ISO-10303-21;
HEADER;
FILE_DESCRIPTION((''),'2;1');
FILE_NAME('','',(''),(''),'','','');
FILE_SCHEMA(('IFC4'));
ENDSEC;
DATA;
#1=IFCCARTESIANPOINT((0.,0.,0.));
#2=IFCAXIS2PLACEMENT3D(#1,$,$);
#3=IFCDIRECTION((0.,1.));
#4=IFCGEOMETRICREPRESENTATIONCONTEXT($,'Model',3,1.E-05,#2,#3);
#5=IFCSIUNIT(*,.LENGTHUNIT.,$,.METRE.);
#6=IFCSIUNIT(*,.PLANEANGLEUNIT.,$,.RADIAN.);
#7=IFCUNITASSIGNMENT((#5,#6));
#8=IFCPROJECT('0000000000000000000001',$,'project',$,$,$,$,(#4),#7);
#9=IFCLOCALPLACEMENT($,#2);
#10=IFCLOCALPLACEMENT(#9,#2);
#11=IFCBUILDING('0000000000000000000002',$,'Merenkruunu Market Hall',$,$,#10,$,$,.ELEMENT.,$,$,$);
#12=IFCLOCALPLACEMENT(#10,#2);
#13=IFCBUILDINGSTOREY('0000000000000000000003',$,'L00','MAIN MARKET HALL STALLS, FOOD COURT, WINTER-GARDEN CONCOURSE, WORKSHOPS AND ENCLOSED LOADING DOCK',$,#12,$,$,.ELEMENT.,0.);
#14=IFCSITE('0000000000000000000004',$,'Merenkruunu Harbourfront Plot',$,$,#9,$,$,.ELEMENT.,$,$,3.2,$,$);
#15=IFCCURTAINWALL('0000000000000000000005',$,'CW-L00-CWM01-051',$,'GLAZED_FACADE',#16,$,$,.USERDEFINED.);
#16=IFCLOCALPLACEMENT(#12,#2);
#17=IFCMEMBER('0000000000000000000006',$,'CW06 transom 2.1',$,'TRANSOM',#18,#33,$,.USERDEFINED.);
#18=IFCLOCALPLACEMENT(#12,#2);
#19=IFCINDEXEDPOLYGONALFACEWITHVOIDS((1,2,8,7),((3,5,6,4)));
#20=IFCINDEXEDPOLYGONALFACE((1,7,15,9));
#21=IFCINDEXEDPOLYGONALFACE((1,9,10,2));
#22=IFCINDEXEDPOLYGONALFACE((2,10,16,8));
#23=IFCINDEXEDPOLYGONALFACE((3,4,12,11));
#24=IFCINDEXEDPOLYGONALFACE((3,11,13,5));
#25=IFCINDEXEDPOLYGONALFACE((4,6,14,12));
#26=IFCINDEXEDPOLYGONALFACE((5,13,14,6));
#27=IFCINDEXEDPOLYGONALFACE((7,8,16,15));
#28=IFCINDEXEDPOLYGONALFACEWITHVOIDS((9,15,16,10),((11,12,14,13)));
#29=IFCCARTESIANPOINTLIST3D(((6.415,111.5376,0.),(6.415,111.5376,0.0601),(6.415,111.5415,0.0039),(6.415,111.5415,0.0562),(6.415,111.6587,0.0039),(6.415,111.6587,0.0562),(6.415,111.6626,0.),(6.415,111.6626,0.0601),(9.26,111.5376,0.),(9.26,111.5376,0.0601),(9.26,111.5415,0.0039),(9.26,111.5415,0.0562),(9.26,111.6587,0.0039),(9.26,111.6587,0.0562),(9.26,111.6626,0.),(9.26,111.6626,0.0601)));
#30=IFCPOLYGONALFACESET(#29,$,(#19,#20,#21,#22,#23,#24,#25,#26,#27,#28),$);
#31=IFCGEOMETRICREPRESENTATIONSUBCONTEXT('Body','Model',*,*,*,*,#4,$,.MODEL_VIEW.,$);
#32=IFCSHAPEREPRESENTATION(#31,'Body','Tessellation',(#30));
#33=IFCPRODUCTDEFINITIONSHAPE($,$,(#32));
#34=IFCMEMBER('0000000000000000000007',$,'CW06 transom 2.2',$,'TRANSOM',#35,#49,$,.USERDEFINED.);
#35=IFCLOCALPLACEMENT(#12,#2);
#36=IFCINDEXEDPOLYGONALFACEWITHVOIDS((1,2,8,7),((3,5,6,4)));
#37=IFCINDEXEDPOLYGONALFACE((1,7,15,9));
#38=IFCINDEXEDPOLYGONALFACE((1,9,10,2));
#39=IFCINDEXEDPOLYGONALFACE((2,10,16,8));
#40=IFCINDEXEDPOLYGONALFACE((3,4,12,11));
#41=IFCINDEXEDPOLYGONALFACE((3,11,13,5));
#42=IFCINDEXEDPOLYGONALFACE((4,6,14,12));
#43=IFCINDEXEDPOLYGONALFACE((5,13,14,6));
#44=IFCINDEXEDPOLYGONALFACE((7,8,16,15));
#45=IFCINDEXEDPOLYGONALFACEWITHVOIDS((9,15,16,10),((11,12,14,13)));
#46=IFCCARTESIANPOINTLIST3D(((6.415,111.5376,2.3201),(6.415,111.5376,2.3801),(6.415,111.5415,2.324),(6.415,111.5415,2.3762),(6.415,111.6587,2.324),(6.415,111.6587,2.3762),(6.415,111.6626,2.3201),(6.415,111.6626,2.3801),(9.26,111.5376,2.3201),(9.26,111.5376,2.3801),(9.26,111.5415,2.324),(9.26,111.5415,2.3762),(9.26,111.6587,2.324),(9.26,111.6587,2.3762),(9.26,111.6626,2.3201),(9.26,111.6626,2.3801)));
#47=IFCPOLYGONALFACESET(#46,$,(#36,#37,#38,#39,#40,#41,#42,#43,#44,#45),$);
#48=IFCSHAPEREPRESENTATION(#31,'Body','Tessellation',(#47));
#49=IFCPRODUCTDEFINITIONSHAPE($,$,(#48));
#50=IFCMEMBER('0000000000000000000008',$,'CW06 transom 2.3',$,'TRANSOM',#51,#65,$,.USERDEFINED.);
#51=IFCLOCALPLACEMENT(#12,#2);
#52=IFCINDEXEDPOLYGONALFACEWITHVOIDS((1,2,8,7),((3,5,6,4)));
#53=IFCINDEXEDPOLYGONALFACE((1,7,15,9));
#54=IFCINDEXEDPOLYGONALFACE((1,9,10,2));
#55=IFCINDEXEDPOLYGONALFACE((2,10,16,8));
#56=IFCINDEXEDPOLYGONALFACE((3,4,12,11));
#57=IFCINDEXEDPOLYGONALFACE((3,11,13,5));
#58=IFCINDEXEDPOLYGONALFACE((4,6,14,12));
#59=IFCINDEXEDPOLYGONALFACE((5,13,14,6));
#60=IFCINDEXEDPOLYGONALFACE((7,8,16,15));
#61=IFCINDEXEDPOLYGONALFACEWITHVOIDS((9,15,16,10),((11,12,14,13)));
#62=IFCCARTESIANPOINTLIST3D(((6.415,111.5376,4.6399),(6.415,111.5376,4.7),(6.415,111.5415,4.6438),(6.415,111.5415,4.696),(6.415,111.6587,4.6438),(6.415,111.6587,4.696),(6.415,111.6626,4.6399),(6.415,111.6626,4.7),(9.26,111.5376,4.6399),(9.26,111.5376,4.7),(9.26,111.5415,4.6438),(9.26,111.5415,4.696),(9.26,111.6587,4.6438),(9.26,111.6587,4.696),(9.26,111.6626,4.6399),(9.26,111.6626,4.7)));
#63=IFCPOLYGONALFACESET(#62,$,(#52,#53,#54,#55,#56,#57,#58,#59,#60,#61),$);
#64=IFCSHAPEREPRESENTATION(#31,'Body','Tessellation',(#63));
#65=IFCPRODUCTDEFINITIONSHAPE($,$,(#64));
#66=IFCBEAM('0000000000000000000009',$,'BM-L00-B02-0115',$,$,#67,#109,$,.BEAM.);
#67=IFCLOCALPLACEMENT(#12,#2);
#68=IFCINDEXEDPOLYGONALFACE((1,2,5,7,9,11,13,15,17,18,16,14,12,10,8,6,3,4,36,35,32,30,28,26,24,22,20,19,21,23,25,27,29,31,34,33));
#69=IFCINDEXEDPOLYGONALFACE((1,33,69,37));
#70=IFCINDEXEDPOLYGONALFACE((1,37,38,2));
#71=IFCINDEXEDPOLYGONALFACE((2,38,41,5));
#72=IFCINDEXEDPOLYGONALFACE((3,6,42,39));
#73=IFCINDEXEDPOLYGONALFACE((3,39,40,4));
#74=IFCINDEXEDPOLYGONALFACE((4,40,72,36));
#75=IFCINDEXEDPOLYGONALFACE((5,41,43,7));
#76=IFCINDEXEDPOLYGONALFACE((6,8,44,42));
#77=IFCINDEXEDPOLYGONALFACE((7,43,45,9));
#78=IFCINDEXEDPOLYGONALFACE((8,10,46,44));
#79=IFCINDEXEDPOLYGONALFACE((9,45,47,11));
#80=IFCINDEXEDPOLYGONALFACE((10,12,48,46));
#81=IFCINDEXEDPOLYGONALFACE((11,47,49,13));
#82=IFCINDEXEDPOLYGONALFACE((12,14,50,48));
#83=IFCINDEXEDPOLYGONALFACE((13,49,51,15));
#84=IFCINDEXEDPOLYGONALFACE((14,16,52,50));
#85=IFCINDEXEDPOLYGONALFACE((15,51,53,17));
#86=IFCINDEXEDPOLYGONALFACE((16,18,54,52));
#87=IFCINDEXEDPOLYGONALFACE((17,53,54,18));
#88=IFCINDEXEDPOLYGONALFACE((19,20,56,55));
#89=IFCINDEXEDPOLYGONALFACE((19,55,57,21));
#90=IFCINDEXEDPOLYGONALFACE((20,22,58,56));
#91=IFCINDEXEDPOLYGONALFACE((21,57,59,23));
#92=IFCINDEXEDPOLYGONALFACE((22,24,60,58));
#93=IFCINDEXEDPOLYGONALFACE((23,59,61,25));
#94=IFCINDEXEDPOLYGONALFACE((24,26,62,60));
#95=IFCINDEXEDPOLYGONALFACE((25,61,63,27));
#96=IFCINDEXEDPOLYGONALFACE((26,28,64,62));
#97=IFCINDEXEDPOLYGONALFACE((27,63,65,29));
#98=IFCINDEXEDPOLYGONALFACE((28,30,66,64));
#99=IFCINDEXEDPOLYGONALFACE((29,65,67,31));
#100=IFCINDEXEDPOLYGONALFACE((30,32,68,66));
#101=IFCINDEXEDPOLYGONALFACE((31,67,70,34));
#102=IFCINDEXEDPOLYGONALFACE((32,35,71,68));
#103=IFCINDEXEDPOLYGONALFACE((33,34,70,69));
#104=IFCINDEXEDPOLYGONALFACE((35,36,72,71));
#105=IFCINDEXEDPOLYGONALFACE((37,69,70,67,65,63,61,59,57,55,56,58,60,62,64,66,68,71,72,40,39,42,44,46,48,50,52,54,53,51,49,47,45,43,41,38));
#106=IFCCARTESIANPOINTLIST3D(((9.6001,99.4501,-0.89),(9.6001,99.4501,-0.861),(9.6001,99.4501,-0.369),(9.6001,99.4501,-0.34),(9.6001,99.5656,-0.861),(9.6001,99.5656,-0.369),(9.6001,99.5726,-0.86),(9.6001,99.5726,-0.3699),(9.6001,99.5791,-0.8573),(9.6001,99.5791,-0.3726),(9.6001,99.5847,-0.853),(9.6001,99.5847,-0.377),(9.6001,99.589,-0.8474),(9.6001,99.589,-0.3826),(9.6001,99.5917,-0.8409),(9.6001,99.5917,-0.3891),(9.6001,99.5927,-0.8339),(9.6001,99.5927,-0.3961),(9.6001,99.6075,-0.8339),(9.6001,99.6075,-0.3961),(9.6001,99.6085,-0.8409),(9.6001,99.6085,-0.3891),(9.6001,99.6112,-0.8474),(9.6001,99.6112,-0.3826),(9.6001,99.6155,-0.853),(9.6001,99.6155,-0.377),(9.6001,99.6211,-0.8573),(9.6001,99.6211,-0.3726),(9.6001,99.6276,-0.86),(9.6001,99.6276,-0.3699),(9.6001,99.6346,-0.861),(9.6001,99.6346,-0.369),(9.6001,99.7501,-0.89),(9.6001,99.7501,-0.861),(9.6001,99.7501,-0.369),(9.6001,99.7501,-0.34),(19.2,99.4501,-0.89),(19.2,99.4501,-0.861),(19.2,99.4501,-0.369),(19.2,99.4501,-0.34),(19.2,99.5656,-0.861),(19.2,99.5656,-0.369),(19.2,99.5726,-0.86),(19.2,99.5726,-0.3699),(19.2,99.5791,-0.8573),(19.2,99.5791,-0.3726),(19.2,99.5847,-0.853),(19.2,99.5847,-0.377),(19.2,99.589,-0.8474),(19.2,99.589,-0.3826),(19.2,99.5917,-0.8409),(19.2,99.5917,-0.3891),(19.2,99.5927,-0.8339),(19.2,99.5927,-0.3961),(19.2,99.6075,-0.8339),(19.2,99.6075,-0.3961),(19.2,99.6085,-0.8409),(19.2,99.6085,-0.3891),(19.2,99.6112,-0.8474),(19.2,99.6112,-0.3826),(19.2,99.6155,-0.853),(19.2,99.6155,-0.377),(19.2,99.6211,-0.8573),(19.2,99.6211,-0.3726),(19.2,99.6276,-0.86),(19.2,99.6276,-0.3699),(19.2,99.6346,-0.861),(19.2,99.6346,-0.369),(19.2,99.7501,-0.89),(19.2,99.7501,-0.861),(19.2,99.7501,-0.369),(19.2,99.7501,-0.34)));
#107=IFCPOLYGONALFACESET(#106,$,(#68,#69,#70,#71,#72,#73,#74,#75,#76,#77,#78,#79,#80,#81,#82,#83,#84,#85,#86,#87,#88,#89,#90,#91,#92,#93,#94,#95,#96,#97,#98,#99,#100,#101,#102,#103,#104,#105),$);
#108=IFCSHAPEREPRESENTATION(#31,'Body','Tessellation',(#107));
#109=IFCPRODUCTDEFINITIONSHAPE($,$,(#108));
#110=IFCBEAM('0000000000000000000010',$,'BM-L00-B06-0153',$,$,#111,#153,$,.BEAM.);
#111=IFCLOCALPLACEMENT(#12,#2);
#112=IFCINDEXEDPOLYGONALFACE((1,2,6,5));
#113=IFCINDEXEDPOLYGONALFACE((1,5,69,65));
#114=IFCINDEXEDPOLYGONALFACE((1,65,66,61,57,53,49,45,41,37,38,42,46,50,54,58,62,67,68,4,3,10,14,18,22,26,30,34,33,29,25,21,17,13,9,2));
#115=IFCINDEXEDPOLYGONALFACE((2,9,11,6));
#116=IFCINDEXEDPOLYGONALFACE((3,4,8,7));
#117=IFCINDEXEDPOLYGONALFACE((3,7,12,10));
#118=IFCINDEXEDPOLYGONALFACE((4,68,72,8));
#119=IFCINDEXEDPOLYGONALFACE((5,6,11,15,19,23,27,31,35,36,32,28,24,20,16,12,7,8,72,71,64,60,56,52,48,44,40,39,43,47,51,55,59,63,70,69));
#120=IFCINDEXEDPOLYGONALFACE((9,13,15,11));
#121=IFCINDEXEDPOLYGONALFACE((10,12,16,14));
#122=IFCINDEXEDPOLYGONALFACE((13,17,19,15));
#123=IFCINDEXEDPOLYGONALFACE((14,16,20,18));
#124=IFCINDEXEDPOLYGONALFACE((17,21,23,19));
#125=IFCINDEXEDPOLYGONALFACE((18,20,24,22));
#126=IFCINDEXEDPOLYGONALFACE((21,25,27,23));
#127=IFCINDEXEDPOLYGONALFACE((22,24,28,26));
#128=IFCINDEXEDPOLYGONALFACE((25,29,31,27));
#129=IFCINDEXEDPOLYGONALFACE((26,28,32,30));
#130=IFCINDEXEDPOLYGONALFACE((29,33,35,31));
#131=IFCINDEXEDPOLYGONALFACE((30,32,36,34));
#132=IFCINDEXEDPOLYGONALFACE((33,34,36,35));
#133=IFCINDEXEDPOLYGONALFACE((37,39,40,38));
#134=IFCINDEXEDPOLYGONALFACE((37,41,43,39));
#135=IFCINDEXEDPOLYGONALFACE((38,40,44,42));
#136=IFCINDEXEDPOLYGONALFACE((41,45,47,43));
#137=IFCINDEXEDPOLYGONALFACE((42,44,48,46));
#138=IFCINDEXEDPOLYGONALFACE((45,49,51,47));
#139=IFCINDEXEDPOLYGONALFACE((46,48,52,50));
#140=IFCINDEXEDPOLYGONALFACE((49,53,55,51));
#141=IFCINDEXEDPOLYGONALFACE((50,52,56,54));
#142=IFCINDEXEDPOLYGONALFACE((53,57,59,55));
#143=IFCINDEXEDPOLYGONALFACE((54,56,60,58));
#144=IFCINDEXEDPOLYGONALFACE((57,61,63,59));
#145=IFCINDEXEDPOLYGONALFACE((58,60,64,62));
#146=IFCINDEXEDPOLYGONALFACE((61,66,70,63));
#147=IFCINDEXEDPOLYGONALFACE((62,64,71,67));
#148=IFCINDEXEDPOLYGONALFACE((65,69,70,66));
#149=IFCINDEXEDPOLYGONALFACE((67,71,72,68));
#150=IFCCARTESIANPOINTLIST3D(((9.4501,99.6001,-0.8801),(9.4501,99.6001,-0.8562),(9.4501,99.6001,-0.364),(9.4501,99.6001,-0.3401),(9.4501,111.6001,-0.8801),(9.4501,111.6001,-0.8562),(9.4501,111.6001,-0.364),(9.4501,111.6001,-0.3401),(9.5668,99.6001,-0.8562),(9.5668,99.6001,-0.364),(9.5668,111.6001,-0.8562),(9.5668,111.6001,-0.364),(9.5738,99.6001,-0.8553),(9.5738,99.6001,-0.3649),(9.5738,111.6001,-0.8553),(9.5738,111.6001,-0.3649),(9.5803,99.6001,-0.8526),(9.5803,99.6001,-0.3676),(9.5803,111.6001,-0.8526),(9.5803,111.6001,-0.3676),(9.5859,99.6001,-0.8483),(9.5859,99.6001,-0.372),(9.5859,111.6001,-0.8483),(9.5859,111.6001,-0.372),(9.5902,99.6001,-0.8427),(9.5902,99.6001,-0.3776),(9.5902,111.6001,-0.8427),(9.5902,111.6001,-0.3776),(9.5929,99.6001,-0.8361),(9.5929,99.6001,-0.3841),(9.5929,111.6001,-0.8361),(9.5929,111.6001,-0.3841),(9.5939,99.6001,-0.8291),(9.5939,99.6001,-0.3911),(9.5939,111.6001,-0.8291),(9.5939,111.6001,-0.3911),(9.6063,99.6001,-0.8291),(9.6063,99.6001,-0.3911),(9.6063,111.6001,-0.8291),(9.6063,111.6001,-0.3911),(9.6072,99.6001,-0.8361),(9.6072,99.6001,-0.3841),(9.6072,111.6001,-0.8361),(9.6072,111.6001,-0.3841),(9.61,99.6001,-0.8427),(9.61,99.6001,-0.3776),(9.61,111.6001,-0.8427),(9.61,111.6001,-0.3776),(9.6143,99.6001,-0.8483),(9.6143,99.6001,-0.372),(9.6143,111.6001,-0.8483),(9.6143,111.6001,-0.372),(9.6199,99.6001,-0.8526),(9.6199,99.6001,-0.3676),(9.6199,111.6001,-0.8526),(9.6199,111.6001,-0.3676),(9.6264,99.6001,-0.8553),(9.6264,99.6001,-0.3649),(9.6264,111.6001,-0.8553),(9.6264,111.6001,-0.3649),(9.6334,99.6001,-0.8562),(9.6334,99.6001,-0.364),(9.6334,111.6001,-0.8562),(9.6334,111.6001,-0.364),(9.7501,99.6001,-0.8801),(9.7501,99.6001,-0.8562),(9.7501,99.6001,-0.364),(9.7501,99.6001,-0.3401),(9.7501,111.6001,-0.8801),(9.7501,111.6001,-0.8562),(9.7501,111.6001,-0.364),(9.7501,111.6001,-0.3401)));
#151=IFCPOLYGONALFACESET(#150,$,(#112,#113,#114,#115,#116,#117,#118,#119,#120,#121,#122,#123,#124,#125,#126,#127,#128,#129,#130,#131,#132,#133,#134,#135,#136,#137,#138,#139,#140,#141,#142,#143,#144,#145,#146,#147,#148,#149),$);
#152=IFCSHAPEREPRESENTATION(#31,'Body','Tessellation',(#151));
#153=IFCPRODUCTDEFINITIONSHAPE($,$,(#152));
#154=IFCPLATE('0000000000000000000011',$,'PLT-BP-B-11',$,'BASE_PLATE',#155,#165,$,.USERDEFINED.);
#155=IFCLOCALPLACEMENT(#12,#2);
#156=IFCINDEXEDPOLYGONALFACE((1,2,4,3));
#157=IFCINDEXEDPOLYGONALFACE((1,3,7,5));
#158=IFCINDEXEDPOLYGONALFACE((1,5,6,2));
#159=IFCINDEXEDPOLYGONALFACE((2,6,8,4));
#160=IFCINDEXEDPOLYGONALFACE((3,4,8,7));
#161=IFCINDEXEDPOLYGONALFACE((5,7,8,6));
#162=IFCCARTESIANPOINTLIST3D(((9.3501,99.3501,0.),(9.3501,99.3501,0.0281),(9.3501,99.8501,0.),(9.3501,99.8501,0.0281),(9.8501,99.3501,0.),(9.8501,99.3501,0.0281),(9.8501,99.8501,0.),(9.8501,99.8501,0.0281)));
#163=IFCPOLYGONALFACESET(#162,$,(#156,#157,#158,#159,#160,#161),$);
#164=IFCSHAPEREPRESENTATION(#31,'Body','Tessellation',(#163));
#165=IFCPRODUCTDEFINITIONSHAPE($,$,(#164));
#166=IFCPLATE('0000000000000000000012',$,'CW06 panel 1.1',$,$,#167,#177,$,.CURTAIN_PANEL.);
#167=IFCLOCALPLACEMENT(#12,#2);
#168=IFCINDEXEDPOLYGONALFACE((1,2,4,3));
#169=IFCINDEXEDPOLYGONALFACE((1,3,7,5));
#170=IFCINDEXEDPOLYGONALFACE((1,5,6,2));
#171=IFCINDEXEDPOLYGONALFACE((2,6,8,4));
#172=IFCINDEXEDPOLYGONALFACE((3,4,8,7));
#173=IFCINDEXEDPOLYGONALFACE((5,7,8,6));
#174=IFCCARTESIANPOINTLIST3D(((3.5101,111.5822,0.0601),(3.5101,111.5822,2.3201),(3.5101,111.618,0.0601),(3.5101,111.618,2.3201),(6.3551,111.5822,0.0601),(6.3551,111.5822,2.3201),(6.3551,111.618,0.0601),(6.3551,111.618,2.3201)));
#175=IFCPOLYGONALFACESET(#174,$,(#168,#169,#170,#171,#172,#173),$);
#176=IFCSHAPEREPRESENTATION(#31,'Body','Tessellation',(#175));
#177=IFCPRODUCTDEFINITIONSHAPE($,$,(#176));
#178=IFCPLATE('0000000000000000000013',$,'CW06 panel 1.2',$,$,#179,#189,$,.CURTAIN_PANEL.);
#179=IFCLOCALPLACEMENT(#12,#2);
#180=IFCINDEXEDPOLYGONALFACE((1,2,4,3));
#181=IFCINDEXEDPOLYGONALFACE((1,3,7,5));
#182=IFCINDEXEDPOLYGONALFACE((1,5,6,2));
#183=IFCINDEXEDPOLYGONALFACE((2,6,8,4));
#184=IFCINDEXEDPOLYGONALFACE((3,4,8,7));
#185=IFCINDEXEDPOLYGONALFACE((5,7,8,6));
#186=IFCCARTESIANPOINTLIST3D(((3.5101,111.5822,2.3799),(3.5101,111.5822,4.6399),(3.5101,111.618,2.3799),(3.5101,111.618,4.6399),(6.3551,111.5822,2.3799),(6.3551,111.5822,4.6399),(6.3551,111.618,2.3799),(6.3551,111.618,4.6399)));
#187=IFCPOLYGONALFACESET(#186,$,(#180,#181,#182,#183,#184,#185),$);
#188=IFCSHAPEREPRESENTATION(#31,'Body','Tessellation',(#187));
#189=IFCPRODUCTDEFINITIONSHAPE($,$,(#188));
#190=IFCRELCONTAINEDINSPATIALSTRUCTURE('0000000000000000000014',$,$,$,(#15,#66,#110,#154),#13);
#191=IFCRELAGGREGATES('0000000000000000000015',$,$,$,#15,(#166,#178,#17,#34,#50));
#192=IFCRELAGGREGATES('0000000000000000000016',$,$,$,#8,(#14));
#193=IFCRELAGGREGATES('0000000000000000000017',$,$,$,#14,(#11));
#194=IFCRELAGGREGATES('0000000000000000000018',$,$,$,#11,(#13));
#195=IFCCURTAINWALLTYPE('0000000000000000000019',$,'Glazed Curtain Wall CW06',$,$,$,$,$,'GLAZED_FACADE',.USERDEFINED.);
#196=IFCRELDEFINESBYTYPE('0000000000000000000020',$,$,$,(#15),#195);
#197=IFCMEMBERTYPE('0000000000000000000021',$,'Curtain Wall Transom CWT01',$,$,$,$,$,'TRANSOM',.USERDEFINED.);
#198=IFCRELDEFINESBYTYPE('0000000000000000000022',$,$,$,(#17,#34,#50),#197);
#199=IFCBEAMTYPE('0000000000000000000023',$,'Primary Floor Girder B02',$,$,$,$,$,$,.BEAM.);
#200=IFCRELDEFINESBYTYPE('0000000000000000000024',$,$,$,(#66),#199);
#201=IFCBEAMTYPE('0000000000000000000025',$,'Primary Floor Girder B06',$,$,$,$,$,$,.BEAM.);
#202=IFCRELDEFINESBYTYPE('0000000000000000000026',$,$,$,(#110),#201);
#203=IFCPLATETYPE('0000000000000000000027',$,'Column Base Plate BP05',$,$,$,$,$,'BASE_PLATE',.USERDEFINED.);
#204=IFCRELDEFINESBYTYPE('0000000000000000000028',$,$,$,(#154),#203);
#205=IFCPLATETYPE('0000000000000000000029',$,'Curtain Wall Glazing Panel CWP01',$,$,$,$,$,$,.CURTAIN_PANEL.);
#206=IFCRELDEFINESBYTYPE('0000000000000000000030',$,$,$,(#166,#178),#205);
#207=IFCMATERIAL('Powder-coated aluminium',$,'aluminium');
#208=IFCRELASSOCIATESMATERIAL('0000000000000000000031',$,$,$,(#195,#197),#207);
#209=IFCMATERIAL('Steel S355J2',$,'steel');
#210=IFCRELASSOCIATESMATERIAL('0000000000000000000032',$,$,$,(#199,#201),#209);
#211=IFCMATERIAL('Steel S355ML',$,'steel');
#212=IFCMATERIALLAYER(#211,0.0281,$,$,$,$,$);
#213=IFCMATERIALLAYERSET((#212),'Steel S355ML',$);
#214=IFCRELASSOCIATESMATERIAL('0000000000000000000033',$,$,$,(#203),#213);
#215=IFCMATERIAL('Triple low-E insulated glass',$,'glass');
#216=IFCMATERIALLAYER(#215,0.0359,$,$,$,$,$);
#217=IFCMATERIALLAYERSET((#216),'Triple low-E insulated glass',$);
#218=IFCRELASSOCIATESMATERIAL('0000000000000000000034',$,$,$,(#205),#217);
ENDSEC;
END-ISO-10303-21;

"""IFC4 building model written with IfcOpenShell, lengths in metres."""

from ifc_helpers import new_model, si_unit, direction, frame, origin, origin_2d, place, context, subcontext, project, spatial, rectangle, hollow_rectangle, i_section, extrude, material, layer, layer_set, material_profile, profile_set, type_object, element, aggregate, save


model = new_model("IFC4")

# Units and contexts
model_context = context("Model", 3, precision=1e-05, world=origin(), true_north=direction((0.0, 1.0)))
body_context = subcontext(model_context, "Body", "Model", "MODEL_VIEW")
ifc_project = project(units=[si_unit("LENGTHUNIT", "METRE"), si_unit("PLANEANGLEUNIT", "RADIAN")], contexts=[model_context])

# Site, building, storey
site_placement = place(None, origin())
site = spatial("IfcSite", under=ifc_project, at=site_placement, Name="Merenkruunu Harbourfront Plot", CompositionType="ELEMENT", RefElevation=3.2)
building_placement = place(site_placement, origin())
building = spatial("IfcBuilding", under=site, at=building_placement, Name="Merenkruunu Market Hall", CompositionType="ELEMENT")
storey_placement = place(building_placement, origin())
storey = spatial("IfcBuildingStorey", under=building, at=storey_placement, Name="L00", Description="MAIN MARKET HALL STALLS, FOOD COURT, WINTER-GARDEN CONCOURSE, WORKSHOPS AND ENCLOSED LOADING DOCK", CompositionType="ELEMENT", Elevation=0.0)

# Shared definitions
ifc_material_1 = material(Name="Steel S355J2", Category="steel")

# Curtain wall, members
ifc_material_2 = material(Name="Powder-coated aluminium", Category="aluminium")
curtain_wall_type = type_object("IfcCurtainWallType", Name="Glazed Curtain Wall CW06", ElementType="GLAZED_FACADE", PredefinedType="USERDEFINED", material=ifc_material_2)
curtain_wall_placement = place(storey_placement, origin())
curtain_wall = element("IfcCurtainWall", 1, at=curtain_wall_placement, inside=storey, type_object=curtain_wall_type, Name="CW-L00-CWM01-051", ObjectType="GLAZED_FACADE", PredefinedType="USERDEFINED")
ifc_material_profile_1 = material_profile(ifc_material_2, hollow_rectangle(XDim=0.0601, YDim=0.125, WallThickness=0.0039, at=origin_2d()), Name="ALU 60x125x4")
ifc_profile_set_1 = profile_set([ifc_material_profile_1], Name="Powder-coated aluminium")
member_type_1 = type_object("IfcMemberType", Name="Curtain Wall Transom CWT01", ElementType="TRANSOM", PredefinedType="USERDEFINED", material=ifc_profile_set_1)
member_1_placement = place(storey_placement, frame((6.415, 111.6001, 0.03), z_axis=(1.0, 0.0, 0.0), x_axis=(0.0, 0.0, 1.0)))
member_1 = element("IfcMember", 2, at=member_1_placement, type_object=member_type_1, Name="CW06 transom 2.1", ObjectType="TRANSOM", PredefinedType="USERDEFINED", context=body_context, shape_type="SweptSolid", body=[
    extrude(hollow_rectangle(XDim=0.0601, YDim=0.125, WallThickness=0.0039, at=origin_2d()), origin(), (0.0, 0.0, 1.0), 2.845),
])
member_2_placement = place(storey_placement, frame((6.415, 111.6001, 2.3501), z_axis=(1.0, 0.0, 0.0), x_axis=(0.0, 0.0, 1.0)))
member_2 = element("IfcMember", 3, at=member_2_placement, type_object=member_type_1, Name="CW06 transom 2.2", ObjectType="TRANSOM", PredefinedType="USERDEFINED", context=body_context, shape_type="SweptSolid", body=[
    extrude(hollow_rectangle(XDim=0.0601, YDim=0.125, WallThickness=0.0039, at=origin_2d()), origin(), (0.0, 0.0, 1.0), 2.845),
])
member_3_placement = place(storey_placement, frame((6.415, 111.6001, 4.6699), z_axis=(1.0, 0.0, 0.0), x_axis=(0.0, 0.0, 1.0)))
member_3 = element("IfcMember", 4, at=member_3_placement, type_object=member_type_1, Name="CW06 transom 2.3", ObjectType="TRANSOM", PredefinedType="USERDEFINED", context=body_context, shape_type="SweptSolid", body=[
    extrude(hollow_rectangle(XDim=0.0601, YDim=0.125, WallThickness=0.0039, at=origin_2d()), origin(), (0.0, 0.0, 1.0), 2.845),
])

# Beams
ifc_material_profile_2 = material_profile(ifc_material_1, i_section(OverallWidth=0.3, OverallDepth=0.55, WebThickness=0.0149, FlangeThickness=0.0291, FilletRadius=0.0271, at=origin_2d()), Name="HEB 550")
ifc_profile_set_2 = profile_set([ifc_material_profile_2], Name="Steel S355J2")
beam_type_1 = type_object("IfcBeamType", Name="Primary Floor Girder B02", PredefinedType="BEAM", material=ifc_profile_set_2)
beam_1_placement = place(storey_placement, frame((9.6001, 99.6001, -0.615), z_axis=(1.0, 0.0, 0.0), x_axis=(0.0, 1.0, 0.0)))
element("IfcBeam", 5, at=beam_1_placement, inside=storey, type_object=beam_type_1, Name="BM-L00-B02-0115", PredefinedType="BEAM", context=body_context, shape_type="SweptSolid", body=[
    extrude(i_section(OverallWidth=0.3, OverallDepth=0.55, WebThickness=0.0149, FlangeThickness=0.0291, FilletRadius=0.0271, at=origin_2d()), origin(), (0.0, 0.0, 1.0), 9.5999),
])
ifc_material_profile_3 = material_profile(ifc_material_1, i_section(OverallWidth=0.3, OverallDepth=0.54, WebThickness=0.0125, FlangeThickness=0.0239, FilletRadius=0.0271, at=origin_2d()), Name="HEA 550")
ifc_profile_set_3 = profile_set([ifc_material_profile_3], Name="Steel S355J2")
beam_type_2 = type_object("IfcBeamType", Name="Primary Floor Girder B06", PredefinedType="BEAM", material=ifc_profile_set_3)
beam_2_placement = place(storey_placement, frame((9.6001, 99.6001, -0.6101), z_axis=(0.0, 1.0, 0.0), x_axis=(-1.0, 0.0, 0.0)))
element("IfcBeam", 6, at=beam_2_placement, inside=storey, type_object=beam_type_2, Name="BM-L00-B06-0153", PredefinedType="BEAM", context=body_context, shape_type="SweptSolid", body=[
    extrude(i_section(OverallWidth=0.3, OverallDepth=0.54, WebThickness=0.0125, FlangeThickness=0.0239, FilletRadius=0.0271, at=origin_2d()), origin(), (0.0, 0.0, 1.0), 12.0),
])

# Plates
ifc_material_3 = material(Name="Steel S355ML", Category="steel")
ifc_layer_1 = layer(ifc_material_3, 0.0281)
ifc_layer_set_1 = layer_set([ifc_layer_1], Name="Steel S355ML")
plate_type_1 = type_object("IfcPlateType", Name="Column Base Plate BP05", ElementType="BASE_PLATE", PredefinedType="USERDEFINED", material=ifc_layer_set_1)
plate_1_placement = place(storey_placement, frame((9.6001, 99.6001, 0.0), z_axis=(0.0, 0.0, 1.0), x_axis=(1.0, 0.0, 0.0)))
element("IfcPlate", 7, at=plate_1_placement, inside=storey, type_object=plate_type_1, Name="PLT-BP-B-11", ObjectType="BASE_PLATE", PredefinedType="USERDEFINED", context=body_context, shape_type="SweptSolid", body=[
    extrude(rectangle(XDim=0.5, YDim=0.5, at=origin_2d()), origin(), (0.0, 0.0, 1.0), 0.0281),
])
ifc_material_4 = material(Name="Triple low-E insulated glass", Category="glass")
ifc_layer_2 = layer(ifc_material_4, 0.0359)
ifc_layer_set_2 = layer_set([ifc_layer_2], Name="Triple low-E insulated glass")
plate_type_2 = type_object("IfcPlateType", Name="Curtain Wall Glazing Panel CWP01", PredefinedType="CURTAIN_PANEL", material=ifc_layer_set_2)
plate_2_placement = place(storey_placement, frame((4.9326, 111.6001, 0.0601), z_axis=(0.0, 0.0, 1.0), x_axis=(1.0, 0.0, 0.0)))
plate_2 = element("IfcPlate", 8, at=plate_2_placement, type_object=plate_type_2, Name="CW06 panel 1.1", PredefinedType="CURTAIN_PANEL", context=body_context, shape_type="SweptSolid", body=[
    extrude(rectangle(XDim=2.845, YDim=0.0359, at=origin_2d()), origin(), (0.0, 0.0, 1.0), 2.26),
])
plate_3_placement = place(storey_placement, frame((4.9326, 111.6001, 2.3799), z_axis=(0.0, 0.0, 1.0), x_axis=(1.0, 0.0, 0.0)))
plate_3 = element("IfcPlate", 9, at=plate_3_placement, type_object=plate_type_2, Name="CW06 panel 1.2", PredefinedType="CURTAIN_PANEL", context=body_context, shape_type="SweptSolid", body=[
    extrude(rectangle(XDim=2.845, YDim=0.0359, at=origin_2d()), origin(), (0.0, 0.0, 1.0), 2.26),
])
aggregate(curtain_wall, [plate_2, plate_3, member_1, member_2, member_3])

save(model, "model.ifc")
